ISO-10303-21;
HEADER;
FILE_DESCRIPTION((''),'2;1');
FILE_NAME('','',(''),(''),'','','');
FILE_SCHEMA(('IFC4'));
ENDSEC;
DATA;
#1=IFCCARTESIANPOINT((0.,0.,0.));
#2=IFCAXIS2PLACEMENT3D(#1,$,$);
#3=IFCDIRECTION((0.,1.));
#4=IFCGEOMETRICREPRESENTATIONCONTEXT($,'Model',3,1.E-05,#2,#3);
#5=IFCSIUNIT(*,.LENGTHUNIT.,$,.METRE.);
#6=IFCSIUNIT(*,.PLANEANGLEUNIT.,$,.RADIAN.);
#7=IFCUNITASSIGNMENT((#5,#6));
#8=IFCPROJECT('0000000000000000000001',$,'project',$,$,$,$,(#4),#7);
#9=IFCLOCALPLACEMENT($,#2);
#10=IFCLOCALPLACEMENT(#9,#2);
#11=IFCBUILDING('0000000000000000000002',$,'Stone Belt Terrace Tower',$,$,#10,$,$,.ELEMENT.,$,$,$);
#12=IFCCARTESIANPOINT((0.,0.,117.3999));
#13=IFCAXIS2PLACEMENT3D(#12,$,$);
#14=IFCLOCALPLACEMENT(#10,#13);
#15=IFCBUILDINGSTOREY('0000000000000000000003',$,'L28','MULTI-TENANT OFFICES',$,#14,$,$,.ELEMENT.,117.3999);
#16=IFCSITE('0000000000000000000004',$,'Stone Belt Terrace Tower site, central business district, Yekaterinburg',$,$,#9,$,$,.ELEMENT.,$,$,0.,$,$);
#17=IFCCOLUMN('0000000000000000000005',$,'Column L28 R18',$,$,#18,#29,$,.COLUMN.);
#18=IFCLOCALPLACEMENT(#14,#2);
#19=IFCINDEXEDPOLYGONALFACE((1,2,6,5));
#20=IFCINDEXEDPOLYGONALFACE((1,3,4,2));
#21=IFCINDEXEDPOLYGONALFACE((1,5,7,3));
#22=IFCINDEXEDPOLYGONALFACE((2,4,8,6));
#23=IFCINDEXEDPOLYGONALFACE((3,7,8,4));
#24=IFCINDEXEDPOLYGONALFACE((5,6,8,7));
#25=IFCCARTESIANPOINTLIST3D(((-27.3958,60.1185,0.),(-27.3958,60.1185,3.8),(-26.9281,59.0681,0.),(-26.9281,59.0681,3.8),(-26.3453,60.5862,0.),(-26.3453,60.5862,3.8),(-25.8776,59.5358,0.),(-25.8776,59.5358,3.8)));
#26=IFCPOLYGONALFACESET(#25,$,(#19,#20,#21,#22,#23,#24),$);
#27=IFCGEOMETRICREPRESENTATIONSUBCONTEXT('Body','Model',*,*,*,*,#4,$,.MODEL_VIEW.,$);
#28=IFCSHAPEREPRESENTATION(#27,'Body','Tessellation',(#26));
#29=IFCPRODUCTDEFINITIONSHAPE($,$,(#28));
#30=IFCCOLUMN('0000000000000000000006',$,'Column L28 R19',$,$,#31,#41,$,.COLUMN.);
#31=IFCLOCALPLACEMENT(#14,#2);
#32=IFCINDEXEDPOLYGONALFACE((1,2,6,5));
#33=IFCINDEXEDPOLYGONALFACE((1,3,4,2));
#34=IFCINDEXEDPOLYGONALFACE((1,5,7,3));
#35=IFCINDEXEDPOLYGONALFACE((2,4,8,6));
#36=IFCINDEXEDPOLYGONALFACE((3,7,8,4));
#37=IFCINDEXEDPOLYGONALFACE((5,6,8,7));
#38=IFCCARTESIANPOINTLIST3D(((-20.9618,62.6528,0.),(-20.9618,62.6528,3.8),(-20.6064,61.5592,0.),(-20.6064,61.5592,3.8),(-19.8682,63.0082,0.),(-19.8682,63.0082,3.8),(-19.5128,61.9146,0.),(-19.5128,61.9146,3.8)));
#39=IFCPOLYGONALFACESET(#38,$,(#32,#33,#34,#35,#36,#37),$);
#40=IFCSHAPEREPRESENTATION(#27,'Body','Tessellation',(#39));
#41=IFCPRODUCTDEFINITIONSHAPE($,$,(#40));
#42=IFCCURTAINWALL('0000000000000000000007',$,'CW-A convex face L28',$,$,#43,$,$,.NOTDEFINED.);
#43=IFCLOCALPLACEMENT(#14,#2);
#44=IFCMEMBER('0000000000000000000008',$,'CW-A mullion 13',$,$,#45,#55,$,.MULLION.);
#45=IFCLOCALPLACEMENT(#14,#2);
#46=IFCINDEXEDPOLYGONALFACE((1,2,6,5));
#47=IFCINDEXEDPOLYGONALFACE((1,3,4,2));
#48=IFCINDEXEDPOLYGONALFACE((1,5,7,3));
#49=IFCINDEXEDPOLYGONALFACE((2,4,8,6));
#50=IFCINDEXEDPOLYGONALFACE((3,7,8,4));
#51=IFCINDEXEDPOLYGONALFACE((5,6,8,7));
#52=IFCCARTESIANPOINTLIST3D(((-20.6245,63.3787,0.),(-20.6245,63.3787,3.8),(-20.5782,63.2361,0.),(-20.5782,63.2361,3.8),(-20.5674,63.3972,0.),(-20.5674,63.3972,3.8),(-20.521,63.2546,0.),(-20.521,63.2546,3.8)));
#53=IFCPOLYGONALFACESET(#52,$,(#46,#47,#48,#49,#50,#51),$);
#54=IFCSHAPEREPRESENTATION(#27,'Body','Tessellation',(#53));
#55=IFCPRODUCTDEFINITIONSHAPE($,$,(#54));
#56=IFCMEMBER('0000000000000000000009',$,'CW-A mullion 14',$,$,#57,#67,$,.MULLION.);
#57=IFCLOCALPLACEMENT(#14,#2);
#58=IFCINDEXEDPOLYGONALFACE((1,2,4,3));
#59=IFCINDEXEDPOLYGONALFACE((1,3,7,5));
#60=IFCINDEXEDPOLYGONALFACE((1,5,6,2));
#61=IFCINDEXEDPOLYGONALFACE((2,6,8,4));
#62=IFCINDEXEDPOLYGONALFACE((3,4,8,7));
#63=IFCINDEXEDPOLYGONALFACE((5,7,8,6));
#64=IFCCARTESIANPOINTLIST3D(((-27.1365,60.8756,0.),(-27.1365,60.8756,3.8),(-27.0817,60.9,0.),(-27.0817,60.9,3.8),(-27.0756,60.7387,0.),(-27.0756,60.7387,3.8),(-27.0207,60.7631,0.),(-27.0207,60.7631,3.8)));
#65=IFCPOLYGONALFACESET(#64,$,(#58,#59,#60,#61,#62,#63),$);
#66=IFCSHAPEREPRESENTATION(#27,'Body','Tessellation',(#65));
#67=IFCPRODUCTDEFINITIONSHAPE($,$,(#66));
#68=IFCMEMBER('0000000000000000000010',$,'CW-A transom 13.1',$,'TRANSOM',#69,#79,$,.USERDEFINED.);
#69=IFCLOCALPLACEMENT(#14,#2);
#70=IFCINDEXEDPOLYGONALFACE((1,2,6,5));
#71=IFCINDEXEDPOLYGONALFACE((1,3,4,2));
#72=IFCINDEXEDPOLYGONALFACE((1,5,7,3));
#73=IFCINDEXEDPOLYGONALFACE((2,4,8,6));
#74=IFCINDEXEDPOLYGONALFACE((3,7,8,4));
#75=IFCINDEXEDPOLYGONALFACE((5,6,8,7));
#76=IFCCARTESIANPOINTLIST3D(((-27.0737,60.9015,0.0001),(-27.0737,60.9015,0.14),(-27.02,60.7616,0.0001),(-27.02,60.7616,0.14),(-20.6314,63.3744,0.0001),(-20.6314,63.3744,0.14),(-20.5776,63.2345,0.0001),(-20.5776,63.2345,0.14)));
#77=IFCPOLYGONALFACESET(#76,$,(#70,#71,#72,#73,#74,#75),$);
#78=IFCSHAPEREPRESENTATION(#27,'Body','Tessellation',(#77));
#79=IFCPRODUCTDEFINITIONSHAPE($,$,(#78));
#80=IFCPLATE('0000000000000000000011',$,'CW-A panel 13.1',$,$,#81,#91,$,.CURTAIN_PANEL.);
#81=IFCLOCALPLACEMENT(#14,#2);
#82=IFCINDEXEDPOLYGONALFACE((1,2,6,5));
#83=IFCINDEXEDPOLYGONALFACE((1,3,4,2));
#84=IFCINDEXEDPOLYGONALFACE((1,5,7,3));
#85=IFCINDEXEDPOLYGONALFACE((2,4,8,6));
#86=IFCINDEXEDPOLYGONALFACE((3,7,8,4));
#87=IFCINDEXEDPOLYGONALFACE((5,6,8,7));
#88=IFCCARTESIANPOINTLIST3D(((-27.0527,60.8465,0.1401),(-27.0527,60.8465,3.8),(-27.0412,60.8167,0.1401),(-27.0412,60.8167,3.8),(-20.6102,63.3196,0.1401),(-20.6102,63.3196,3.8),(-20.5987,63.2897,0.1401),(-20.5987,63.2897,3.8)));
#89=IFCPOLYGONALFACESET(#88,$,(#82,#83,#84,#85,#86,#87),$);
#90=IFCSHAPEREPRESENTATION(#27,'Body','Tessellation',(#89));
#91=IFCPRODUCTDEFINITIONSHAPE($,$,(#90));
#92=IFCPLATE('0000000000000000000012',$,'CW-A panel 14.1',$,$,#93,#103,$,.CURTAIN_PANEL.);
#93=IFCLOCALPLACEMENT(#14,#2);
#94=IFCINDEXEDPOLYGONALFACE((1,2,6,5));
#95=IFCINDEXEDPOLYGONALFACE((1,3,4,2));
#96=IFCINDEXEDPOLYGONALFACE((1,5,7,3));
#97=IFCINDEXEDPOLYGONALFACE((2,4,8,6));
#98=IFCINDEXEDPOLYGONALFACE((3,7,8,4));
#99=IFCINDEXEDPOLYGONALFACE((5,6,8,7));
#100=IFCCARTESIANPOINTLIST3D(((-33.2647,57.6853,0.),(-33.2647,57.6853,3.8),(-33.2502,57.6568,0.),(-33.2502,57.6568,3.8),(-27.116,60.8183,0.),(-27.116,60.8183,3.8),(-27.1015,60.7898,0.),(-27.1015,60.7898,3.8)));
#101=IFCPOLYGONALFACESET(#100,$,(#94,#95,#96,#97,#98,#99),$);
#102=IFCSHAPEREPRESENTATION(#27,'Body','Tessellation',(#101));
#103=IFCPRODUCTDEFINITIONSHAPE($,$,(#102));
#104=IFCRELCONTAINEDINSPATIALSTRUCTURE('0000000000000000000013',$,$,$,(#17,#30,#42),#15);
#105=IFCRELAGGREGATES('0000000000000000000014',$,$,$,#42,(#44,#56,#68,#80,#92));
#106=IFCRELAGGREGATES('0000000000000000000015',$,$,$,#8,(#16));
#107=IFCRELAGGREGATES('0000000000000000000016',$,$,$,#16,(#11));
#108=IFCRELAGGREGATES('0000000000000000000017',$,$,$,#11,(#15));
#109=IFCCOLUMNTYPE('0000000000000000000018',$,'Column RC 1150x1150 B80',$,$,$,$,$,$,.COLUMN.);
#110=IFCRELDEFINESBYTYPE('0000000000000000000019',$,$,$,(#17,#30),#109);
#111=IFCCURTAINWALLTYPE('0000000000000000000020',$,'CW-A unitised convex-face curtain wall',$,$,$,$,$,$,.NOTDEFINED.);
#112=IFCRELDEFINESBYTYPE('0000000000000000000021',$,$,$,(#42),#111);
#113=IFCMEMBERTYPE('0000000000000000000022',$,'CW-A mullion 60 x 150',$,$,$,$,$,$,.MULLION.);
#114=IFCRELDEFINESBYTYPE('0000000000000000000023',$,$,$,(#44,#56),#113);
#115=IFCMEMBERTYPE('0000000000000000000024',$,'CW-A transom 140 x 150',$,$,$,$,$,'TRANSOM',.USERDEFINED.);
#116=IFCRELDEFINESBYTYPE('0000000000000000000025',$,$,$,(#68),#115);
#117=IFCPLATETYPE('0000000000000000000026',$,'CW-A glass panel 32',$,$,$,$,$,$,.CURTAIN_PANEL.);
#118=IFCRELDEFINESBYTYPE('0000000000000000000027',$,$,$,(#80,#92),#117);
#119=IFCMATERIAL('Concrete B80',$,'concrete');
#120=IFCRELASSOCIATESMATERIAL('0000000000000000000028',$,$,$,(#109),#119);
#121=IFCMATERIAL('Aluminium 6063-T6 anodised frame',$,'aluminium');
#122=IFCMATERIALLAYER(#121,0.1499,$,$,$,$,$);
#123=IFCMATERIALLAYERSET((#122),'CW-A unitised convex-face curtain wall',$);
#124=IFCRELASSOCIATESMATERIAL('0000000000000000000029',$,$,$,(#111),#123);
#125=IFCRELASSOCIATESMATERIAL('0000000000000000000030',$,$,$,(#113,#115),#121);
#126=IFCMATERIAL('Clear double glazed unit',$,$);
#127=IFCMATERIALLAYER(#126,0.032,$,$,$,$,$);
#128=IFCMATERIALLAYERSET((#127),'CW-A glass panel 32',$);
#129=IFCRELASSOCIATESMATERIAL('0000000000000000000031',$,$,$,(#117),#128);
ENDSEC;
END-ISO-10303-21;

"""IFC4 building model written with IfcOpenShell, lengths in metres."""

from ifc_helpers import new_model, si_unit, direction, frame, origin, origin_2d, place, context, subcontext, project, spatial, rectangle, extrude, material, layer, layer_set, material_profile, profile_set, type_object, element, aggregate, save


model = new_model("IFC4")

# Units and contexts
model_context = context("Model", 3, precision=1e-05, world=origin(), true_north=direction((0.0, 1.0)))
body_context = subcontext(model_context, "Body", "Model", "MODEL_VIEW")
ifc_project = project(units=[si_unit("LENGTHUNIT", "METRE"), si_unit("PLANEANGLEUNIT", "RADIAN")], contexts=[model_context])

# Site, building, storey
site_placement = place(None, origin())
site = spatial("IfcSite", under=ifc_project, at=site_placement, Name="Stone Belt Terrace Tower site, central business district, Yekaterinburg", CompositionType="ELEMENT", RefElevation=0.0)
building_placement = place(site_placement, origin())
building = spatial("IfcBuilding", under=site, at=building_placement, Name="Stone Belt Terrace Tower", CompositionType="ELEMENT")
storey_placement = place(building_placement, frame((0.0, 0.0, 117.3999)))
storey = spatial("IfcBuildingStorey", under=building, at=storey_placement, Name="L28", Description="MULTI-TENANT OFFICES", CompositionType="ELEMENT", Elevation=117.3999)

# Columns
ifc_material_1 = material(Name="Concrete B80", Category="concrete")
ifc_material_profile_1 = material_profile(ifc_material_1, rectangle(XDim=1.1499, YDim=1.1499, at=origin_2d()), Name="RC 1150x1150")
ifc_profile_set_1 = profile_set([ifc_material_profile_1], Name="Concrete B80")
column_type = type_object("IfcColumnType", Name="Column RC 1150x1150 B80", PredefinedType="COLUMN", material=ifc_profile_set_1)
for number, where, z_axis, x_axis, name in (
    (1, (-26.6367, 59.8271, 0.0), (0.0, 0.0, 1.0), (0.913545, 0.406737, 0.0), "Column L28 R18"),
    (2, (-20.2373, 62.2837, 0.0), (0.0, 0.0, 1.0), (0.951057, 0.309017, 0.0), "Column L28 R19"),
):
    element("IfcColumn", number, at=place(storey_placement, frame(where, z_axis=z_axis, x_axis=x_axis)), inside=storey, type_object=column_type, Name=name, PredefinedType="COLUMN", context=body_context, shape_type="SweptSolid", body=[
        extrude(rectangle(XDim=1.1499, YDim=1.1499, at=origin_2d()), origin(), (0.0, 0.0, 1.0), 3.8),
    ])

# Curtain wall, members, plates
ifc_material_2 = material(Name="Aluminium 6063-T6 anodised frame", Category="aluminium")
ifc_layer_1 = layer(ifc_material_2, 0.1499)
ifc_layer_set_1 = layer_set([ifc_layer_1], Name="CW-A unitised convex-face curtain wall")
curtain_wall_type = type_object("IfcCurtainWallType", Name="CW-A unitised convex-face curtain wall", PredefinedType="NOTDEFINED", material=ifc_layer_set_1)
curtain_wall_placement = place(storey_placement, origin())
curtain_wall = element("IfcCurtainWall", 3, at=curtain_wall_placement, inside=storey, type_object=curtain_wall_type, Name="CW-A convex face L28", PredefinedType="NOTDEFINED")
ifc_material_profile_2 = material_profile(ifc_material_2, rectangle(XDim=0.1499, YDim=0.0601, at=origin_2d()), Name="Aluminium 6063-T6 60x150")
ifc_profile_set_2 = profile_set([ifc_material_profile_2], Name="Aluminium 6063-T6 anodised frame")
member_type_1 = type_object("IfcMemberType", Name="CW-A mullion 60 x 150", PredefinedType="MULLION", material=ifc_profile_set_2)
member_1_placement = place(storey_placement, frame((-20.5728, 63.3167, 0.0), z_axis=(0.0, 0.0, 1.0), x_axis=(0.309017, -0.951057, 0.0)))
member_1 = element("IfcMember", 4, at=member_1_placement, type_object=member_type_1, Name="CW-A mullion 13", PredefinedType="MULLION", context=body_context, shape_type="SweptSolid", body=[
    extrude(rectangle(XDim=0.1499, YDim=0.0601, at=origin_2d()), origin(), (0.0, 0.0, 1.0), 3.8),
])
member_2_placement = place(storey_placement, frame((-27.0786, 60.8193, 0.0), z_axis=(0.0, 0.0, 1.0), x_axis=(0.406737, -0.913545, 0.0)))
member_2 = element("IfcMember", 5, at=member_2_placement, type_object=member_type_1, Name="CW-A mullion 14", PredefinedType="MULLION", context=body_context, shape_type="SweptSolid", body=[
    extrude(rectangle(XDim=0.1499, YDim=0.0601, at=origin_2d()), origin(), (0.0, 0.0, 1.0), 3.8),
])
ifc_material_profile_3 = material_profile(ifc_material_2, rectangle(XDim=0.1499, YDim=0.1399, at=origin_2d()), Name="Aluminium 6063-T6 150x140")
ifc_profile_set_3 = profile_set([ifc_material_profile_3], Name="Aluminium 6063-T6 anodised frame")
member_type_2 = type_object("IfcMemberType", Name="CW-A transom 140 x 150", ElementType="TRANSOM", PredefinedType="USERDEFINED", material=ifc_profile_set_3)
member_3_placement = place(storey_placement, frame((-20.6045, 63.3044, 0.0701), z_axis=(-0.933585, -0.358355, 0.0), x_axis=(0.358355, -0.933585, 0.0)))
member_3 = element("IfcMember", 6, at=member_3_placement, type_object=member_type_2, Name="CW-A transom 13.1", ObjectType="TRANSOM", PredefinedType="USERDEFINED", context=body_context, shape_type="SweptSolid", body=[
    extrude(rectangle(XDim=0.1499, YDim=0.1399, at=origin_2d()), origin(), (0.0, 0.0, 1.0), 6.9006),
])
ifc_material_3 = material(Name="Clear double glazed unit")
ifc_layer_2 = layer(ifc_material_3, 0.032)
ifc_layer_set_2 = layer_set([ifc_layer_2], Name="CW-A glass panel 32")
plate_type = type_object("IfcPlateType", Name="CW-A glass panel 32", PredefinedType="CURTAIN_PANEL", material=ifc_layer_set_2)
plate_1_placement = place(storey_placement, frame((-23.8257, 62.0681, 0.1401), z_axis=(0.0, 0.0, 1.0), x_axis=(-0.93358, -0.358368, 0.0)))
plate_1 = element("IfcPlate", 7, at=plate_1_placement, type_object=plate_type, Name="CW-A panel 13.1", PredefinedType="CURTAIN_PANEL", context=body_context, shape_type="SweptSolid", body=[
    extrude(rectangle(XDim=6.9009, YDim=0.032, at=origin_2d()), origin(), (0.0, 0.0, 1.0), 3.6599),
])
plate_2_placement = place(storey_placement, frame((-30.1831, 59.2375, 0.0), z_axis=(0.0, 0.0, 1.0), x_axis=(-0.891007, -0.45399, 0.0)))
plate_2 = element("IfcPlate", 8, at=plate_2_placement, type_object=plate_type, Name="CW-A panel 14.1", PredefinedType="CURTAIN_PANEL", context=body_context, shape_type="SweptSolid", body=[
    extrude(rectangle(XDim=6.9009, YDim=0.032, at=origin_2d()), origin(), (0.0, 0.0, 1.0), 3.8),
])
aggregate(curtain_wall, [member_1, member_2, member_3, plate_1, plate_2])

save(model, "model.ifc")
